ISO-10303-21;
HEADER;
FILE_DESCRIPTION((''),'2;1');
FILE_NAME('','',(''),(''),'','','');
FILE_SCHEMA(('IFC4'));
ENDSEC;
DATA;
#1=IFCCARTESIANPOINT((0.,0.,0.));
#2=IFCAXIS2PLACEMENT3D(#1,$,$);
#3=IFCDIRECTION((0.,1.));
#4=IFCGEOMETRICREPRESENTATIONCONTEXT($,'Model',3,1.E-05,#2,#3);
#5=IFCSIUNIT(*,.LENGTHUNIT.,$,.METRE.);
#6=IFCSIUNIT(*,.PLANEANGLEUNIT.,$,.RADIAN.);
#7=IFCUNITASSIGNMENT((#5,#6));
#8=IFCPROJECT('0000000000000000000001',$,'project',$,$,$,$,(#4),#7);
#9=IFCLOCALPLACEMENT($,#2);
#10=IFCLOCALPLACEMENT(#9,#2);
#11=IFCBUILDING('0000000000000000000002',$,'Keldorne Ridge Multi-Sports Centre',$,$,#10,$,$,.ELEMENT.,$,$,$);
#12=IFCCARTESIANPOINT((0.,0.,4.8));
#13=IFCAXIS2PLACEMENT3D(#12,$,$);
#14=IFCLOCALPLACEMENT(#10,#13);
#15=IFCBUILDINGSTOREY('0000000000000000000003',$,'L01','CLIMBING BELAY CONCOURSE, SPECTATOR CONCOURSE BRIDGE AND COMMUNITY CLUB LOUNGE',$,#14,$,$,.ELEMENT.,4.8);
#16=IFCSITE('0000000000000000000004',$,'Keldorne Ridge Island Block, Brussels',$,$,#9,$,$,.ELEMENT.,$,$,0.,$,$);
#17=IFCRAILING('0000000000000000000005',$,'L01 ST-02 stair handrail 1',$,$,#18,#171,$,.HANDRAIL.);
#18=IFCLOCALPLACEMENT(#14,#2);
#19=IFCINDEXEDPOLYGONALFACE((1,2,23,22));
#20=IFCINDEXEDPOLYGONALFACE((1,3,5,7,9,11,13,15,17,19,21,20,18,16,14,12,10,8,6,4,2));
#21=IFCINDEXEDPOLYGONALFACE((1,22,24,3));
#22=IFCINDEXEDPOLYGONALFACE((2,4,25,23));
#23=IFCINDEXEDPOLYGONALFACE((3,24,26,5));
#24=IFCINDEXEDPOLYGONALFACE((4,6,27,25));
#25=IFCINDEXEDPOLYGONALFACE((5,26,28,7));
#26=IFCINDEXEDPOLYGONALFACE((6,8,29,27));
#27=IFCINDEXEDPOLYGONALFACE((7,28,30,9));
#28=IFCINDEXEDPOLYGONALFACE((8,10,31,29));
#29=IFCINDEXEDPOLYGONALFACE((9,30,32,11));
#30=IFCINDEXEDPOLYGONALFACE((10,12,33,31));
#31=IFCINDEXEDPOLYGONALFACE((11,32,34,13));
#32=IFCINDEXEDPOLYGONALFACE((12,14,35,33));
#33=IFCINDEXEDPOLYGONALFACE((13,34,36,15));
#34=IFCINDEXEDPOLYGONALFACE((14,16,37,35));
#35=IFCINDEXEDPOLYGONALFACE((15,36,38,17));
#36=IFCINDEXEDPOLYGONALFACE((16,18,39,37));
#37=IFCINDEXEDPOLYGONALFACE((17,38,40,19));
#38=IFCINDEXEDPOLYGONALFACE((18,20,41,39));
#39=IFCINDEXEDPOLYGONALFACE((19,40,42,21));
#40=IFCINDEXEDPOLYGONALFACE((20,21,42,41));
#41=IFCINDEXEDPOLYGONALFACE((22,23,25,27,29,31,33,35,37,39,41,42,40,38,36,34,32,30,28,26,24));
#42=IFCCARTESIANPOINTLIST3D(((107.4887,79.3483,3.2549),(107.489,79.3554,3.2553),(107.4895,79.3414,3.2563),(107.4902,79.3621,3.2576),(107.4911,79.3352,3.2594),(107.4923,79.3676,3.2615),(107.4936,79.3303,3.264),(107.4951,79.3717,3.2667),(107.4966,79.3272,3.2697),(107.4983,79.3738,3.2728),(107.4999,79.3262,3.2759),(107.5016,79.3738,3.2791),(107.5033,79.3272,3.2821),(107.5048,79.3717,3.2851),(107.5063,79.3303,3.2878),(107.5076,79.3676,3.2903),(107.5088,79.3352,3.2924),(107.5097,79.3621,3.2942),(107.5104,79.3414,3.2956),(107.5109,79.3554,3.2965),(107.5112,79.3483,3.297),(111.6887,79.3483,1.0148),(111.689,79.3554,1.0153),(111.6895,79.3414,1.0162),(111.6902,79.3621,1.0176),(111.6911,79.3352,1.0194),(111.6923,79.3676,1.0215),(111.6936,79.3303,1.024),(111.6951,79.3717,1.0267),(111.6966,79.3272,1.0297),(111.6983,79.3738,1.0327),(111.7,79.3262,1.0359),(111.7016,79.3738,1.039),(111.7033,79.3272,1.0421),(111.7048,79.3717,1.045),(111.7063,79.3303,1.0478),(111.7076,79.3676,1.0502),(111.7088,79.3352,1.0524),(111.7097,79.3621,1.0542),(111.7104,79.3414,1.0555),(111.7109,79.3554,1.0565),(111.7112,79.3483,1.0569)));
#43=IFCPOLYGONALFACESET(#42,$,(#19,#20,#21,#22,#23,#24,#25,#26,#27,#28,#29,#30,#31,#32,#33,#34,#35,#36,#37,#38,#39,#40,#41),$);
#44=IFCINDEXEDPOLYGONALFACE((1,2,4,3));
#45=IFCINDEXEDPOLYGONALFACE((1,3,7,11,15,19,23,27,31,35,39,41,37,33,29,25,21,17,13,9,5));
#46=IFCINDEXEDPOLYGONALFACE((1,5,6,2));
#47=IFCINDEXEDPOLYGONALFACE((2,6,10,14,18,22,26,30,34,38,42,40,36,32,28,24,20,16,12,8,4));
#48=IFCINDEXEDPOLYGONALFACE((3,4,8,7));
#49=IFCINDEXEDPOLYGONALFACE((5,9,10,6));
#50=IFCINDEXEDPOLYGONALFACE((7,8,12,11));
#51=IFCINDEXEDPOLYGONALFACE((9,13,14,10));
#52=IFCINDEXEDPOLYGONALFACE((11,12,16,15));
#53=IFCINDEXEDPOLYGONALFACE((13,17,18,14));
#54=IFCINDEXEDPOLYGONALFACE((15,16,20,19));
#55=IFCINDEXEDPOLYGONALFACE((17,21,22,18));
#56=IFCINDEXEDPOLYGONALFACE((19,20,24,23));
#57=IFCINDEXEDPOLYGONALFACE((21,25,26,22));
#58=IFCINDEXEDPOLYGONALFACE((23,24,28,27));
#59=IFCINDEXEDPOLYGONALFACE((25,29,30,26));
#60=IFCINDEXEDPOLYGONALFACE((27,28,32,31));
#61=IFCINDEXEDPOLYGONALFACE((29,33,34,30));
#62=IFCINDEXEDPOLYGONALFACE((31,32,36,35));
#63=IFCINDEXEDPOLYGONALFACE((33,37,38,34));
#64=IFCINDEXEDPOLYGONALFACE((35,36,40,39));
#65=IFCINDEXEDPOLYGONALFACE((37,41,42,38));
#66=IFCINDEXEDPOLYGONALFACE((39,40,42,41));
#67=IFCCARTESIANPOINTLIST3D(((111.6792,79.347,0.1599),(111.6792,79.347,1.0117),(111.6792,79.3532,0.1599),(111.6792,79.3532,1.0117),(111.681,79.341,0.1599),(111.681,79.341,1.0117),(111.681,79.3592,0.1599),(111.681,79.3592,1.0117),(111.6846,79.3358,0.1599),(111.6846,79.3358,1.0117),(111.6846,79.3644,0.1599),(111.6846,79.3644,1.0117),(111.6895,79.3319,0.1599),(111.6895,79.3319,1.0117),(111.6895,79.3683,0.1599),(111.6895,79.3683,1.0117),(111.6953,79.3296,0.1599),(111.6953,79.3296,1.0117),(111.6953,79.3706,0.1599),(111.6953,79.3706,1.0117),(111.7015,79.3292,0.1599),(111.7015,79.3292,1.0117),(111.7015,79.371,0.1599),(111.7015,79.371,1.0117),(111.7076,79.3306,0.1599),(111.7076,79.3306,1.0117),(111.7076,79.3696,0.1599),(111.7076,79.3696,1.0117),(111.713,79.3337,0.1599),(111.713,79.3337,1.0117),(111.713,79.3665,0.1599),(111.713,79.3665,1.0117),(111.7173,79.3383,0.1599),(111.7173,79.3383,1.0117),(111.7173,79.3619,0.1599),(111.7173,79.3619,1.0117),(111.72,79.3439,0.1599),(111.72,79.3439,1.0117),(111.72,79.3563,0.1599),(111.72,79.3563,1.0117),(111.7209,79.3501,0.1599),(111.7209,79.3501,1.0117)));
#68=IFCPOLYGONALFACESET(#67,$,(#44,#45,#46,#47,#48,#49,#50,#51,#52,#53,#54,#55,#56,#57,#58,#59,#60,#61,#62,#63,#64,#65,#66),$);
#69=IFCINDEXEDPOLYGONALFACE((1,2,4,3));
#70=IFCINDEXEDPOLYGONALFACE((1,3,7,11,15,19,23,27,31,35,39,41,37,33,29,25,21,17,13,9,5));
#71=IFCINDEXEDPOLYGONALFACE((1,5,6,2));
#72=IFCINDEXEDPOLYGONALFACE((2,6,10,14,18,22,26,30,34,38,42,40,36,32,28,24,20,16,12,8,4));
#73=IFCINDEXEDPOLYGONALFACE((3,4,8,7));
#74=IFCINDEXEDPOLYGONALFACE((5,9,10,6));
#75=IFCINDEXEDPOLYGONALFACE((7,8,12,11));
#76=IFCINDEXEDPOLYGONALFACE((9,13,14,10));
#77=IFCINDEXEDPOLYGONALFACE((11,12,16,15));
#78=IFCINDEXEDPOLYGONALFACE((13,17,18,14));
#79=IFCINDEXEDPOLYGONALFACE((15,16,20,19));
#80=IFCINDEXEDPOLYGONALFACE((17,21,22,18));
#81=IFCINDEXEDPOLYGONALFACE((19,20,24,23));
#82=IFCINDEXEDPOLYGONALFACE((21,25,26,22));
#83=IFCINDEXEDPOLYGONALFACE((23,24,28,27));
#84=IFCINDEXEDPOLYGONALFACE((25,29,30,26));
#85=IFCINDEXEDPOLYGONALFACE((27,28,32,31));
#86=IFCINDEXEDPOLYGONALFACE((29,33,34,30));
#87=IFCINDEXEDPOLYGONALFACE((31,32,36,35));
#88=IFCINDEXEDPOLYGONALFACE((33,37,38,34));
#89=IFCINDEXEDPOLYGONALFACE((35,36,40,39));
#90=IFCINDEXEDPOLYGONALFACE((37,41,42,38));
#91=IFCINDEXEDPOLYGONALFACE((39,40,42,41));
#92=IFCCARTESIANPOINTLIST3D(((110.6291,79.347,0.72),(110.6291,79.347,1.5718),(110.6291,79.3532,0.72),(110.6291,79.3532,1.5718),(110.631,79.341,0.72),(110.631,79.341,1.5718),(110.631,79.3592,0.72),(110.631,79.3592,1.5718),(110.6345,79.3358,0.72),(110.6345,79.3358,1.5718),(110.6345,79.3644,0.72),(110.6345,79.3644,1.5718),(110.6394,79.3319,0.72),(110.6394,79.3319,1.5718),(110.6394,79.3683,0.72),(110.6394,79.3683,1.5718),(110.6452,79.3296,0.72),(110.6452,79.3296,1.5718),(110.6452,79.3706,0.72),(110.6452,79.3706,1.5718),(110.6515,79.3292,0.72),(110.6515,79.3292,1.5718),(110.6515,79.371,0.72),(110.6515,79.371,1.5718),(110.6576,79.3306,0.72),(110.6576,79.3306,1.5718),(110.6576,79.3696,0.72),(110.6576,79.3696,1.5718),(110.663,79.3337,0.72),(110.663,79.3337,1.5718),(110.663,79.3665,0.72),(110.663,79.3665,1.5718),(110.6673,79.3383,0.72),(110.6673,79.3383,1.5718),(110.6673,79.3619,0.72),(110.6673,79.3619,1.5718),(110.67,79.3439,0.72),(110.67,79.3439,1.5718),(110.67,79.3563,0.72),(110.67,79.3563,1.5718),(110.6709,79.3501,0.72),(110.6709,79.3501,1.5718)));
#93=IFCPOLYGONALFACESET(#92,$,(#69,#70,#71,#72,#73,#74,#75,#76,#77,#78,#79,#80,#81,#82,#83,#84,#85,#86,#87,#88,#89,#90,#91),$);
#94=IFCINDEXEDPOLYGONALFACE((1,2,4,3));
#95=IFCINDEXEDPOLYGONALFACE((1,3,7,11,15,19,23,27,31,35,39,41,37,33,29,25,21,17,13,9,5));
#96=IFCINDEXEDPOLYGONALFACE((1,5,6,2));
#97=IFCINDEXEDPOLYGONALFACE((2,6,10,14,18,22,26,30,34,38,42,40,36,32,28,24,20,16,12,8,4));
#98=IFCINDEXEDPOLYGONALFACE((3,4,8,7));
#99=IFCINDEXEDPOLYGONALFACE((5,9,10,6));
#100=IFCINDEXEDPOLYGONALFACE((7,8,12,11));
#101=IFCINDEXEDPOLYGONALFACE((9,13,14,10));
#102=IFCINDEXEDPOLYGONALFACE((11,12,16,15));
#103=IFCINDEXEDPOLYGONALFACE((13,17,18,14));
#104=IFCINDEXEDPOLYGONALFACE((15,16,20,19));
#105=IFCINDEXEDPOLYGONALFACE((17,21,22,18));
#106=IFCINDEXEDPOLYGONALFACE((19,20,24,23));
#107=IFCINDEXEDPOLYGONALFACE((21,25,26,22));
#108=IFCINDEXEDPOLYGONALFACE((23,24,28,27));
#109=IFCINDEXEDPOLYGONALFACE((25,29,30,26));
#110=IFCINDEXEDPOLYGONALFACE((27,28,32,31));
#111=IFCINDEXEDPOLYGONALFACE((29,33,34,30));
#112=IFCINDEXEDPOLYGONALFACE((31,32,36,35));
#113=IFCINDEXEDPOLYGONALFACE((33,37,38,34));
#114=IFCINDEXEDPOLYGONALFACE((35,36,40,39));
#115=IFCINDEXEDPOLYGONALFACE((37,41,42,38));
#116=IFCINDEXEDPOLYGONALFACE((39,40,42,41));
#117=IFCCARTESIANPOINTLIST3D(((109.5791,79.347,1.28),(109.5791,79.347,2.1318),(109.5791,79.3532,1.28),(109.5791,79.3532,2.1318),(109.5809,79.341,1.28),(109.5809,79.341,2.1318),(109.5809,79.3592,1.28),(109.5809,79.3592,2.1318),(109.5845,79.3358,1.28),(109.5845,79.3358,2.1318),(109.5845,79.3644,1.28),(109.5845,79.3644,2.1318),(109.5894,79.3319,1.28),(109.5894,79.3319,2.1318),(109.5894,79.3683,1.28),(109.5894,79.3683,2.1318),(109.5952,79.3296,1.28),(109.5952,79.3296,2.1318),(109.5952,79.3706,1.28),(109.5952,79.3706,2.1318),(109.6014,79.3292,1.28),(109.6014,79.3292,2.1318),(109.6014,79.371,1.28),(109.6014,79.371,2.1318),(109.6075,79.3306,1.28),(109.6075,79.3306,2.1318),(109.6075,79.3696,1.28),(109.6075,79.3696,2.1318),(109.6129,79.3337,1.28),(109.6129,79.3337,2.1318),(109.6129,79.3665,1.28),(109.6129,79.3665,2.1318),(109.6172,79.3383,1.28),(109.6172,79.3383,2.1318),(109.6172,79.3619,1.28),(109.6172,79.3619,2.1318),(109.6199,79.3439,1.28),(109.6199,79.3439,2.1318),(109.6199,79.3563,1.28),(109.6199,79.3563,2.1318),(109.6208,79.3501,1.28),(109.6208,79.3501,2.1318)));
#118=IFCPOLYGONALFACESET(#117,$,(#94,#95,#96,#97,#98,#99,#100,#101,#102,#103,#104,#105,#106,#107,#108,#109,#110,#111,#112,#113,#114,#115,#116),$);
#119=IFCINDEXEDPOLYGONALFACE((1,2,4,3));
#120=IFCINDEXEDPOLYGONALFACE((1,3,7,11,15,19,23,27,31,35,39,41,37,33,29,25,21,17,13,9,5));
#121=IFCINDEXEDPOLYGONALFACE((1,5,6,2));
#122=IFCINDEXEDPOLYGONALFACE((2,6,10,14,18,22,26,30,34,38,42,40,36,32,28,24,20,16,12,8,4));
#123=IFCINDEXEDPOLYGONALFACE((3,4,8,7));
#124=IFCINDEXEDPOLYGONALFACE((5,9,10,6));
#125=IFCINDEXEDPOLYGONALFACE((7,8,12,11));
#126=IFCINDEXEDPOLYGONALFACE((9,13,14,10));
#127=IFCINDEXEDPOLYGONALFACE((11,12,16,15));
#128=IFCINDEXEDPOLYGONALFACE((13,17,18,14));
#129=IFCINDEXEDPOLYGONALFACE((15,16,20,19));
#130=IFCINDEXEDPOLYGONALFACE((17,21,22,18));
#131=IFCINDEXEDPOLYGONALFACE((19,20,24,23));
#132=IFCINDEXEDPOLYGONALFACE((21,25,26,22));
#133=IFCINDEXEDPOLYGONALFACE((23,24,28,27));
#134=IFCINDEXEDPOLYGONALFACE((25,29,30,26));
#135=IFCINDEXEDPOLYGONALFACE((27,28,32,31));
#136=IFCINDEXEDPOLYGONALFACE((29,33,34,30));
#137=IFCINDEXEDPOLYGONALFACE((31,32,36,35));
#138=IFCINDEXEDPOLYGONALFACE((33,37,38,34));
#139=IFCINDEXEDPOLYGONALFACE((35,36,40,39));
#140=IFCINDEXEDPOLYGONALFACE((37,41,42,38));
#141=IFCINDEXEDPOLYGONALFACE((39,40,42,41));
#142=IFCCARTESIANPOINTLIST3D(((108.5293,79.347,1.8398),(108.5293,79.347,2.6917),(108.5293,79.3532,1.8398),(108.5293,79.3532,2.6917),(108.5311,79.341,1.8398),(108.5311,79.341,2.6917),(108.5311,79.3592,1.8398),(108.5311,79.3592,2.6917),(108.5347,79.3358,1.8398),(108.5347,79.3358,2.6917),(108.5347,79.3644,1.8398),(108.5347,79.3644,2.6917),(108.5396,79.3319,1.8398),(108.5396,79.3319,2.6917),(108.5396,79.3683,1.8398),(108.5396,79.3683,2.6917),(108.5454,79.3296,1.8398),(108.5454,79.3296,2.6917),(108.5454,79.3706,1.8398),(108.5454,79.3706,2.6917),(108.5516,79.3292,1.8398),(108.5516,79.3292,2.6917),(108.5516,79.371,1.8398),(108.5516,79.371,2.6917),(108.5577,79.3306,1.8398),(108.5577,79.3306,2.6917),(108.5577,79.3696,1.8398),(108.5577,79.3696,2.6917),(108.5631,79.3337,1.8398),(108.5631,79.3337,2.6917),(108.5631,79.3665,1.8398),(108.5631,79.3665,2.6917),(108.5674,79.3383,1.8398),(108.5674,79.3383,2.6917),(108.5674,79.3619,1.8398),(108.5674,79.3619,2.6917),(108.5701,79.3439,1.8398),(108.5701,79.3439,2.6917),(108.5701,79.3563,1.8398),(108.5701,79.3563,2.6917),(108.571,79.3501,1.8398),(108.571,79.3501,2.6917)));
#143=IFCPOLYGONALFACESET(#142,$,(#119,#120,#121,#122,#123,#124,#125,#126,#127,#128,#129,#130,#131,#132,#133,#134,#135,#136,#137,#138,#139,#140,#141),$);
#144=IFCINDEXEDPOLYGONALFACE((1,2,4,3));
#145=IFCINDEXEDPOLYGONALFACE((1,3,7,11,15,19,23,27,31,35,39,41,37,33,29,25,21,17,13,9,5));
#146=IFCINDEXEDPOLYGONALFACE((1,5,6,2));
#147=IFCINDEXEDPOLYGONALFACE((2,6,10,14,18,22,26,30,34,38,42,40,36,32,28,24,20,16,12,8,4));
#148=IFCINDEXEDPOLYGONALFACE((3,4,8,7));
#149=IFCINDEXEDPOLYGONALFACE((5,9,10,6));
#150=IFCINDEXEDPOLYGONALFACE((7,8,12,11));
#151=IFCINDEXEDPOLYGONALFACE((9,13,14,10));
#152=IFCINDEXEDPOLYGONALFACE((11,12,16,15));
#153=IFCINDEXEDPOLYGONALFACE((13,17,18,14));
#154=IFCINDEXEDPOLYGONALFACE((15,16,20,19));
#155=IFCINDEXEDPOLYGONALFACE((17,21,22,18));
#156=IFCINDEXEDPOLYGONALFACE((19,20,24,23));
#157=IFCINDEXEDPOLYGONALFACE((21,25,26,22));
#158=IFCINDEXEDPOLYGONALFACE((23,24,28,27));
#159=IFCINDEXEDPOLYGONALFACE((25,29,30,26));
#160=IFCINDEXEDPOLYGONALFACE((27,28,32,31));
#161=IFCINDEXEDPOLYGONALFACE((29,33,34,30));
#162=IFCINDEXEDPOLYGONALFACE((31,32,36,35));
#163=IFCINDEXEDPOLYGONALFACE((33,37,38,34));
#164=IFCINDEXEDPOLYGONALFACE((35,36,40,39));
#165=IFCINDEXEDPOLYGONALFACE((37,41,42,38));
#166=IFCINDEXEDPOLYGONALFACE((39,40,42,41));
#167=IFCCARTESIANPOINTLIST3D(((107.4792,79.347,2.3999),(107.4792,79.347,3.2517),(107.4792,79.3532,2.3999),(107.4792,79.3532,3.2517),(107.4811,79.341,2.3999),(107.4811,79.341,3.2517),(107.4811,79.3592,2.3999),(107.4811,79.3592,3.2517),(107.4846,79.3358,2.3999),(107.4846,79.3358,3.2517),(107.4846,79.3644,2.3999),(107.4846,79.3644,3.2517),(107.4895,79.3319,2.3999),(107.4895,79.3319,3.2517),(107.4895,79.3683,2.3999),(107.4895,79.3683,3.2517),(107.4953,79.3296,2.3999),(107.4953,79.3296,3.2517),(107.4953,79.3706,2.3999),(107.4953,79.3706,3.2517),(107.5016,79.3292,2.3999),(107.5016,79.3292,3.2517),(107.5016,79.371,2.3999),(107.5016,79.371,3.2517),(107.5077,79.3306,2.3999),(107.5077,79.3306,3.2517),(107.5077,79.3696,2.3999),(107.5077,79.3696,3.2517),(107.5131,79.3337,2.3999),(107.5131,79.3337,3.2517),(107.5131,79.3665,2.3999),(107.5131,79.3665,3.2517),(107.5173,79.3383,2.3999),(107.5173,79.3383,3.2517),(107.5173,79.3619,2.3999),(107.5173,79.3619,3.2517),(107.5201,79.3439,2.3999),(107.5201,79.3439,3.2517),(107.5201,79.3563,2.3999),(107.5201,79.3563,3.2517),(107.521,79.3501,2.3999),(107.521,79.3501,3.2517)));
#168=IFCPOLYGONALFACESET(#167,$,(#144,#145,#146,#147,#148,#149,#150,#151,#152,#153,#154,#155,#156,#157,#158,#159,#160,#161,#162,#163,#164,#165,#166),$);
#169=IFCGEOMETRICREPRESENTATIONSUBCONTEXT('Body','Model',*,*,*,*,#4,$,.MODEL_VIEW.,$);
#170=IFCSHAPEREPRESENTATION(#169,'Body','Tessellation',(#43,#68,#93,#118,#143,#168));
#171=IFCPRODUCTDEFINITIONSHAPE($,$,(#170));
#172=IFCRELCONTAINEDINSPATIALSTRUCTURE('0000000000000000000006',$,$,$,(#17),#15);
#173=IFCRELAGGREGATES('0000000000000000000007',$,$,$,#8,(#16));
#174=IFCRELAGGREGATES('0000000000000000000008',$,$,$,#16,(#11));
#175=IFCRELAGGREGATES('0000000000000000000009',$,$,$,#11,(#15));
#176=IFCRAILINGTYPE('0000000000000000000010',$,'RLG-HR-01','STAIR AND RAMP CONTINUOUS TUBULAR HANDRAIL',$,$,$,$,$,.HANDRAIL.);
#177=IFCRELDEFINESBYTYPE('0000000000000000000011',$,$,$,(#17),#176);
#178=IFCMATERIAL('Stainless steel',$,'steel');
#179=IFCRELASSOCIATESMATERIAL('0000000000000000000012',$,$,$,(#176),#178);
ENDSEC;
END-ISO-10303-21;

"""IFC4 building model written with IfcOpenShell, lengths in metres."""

from ifc_helpers import new_model, si_unit, direction, frame, origin, origin_2d, place, context, subcontext, project, spatial, circle, extrude, material, type_object, element, save


model = new_model("IFC4")

# Units and contexts
model_context = context("Model", 3, precision=1e-05, world=origin(), true_north=direction((0.0, 1.0)))
body_context = subcontext(model_context, "Body", "Model", "MODEL_VIEW")
ifc_project = project(units=[si_unit("LENGTHUNIT", "METRE"), si_unit("PLANEANGLEUNIT", "RADIAN")], contexts=[model_context])

# Site, building, storey
site_placement = place(None, origin())
site = spatial("IfcSite", under=ifc_project, at=site_placement, Name="Keldorne Ridge Island Block, Brussels", CompositionType="ELEMENT", RefElevation=0.0)
building_placement = place(site_placement, origin())
building = spatial("IfcBuilding", under=site, at=building_placement, Name="Keldorne Ridge Multi-Sports Centre", CompositionType="ELEMENT")
storey_placement = place(building_placement, frame((0.0, 0.0, 4.8)))
storey = spatial("IfcBuildingStorey", under=building, at=storey_placement, Name="L01", Description="CLIMBING BELAY CONCOURSE, SPECTATOR CONCOURSE BRIDGE AND COMMUNITY CLUB LOUNGE", CompositionType="ELEMENT", Elevation=4.8)

# Shared definitions
ifc_material_1 = material(Name="Stainless steel", Category="steel")

# Railing
railing_type_1 = type_object("IfcRailingType", Name="RLG-HR-01", Description="STAIR AND RAMP CONTINUOUS TUBULAR HANDRAIL", PredefinedType="HANDRAIL", material=ifc_material_1)
railing_1_placement = place(storey_placement, frame((111.7, 79.3501, 0.1599)))
element("IfcRailing", 1, at=railing_1_placement, inside=storey, type_object=railing_type_1, Name="L01 ST-02 stair handrail 1", PredefinedType="HANDRAIL", context=body_context, shape_type="SweptSolid", body=[
    extrude(circle(Radius=0.0239, at=origin_2d()), frame((0.0, 0.0, 0.876), z_axis=(-0.882352, 0.0, 0.470591), x_axis=(0.0, -1.0, 0.0)), (0.0, 0.0, 1.0), 4.76),
    extrude(circle(Radius=0.021, at=origin_2d()), origin(), (0.0, 0.0, 1.0), 0.8518),
    extrude(circle(Radius=0.021, at=origin_2d()), frame((-1.05, 0.0, 0.5601)), (0.0, 0.0, 1.0), 0.8518),
    extrude(circle(Radius=0.021, at=origin_2d()), frame((-2.1001, 0.0, 1.1201)), (0.0, 0.0, 1.0), 0.8518),
    extrude(circle(Radius=0.021, at=origin_2d()), frame((-3.1499, 0.0, 1.6799)), (0.0, 0.0, 1.0), 0.8518),
    extrude(circle(Radius=0.021, at=origin_2d()), frame((-4.2, 0.0, 2.24)), (0.0, 0.0, 1.0), 0.8518),
])

save(model, "model.ifc")
